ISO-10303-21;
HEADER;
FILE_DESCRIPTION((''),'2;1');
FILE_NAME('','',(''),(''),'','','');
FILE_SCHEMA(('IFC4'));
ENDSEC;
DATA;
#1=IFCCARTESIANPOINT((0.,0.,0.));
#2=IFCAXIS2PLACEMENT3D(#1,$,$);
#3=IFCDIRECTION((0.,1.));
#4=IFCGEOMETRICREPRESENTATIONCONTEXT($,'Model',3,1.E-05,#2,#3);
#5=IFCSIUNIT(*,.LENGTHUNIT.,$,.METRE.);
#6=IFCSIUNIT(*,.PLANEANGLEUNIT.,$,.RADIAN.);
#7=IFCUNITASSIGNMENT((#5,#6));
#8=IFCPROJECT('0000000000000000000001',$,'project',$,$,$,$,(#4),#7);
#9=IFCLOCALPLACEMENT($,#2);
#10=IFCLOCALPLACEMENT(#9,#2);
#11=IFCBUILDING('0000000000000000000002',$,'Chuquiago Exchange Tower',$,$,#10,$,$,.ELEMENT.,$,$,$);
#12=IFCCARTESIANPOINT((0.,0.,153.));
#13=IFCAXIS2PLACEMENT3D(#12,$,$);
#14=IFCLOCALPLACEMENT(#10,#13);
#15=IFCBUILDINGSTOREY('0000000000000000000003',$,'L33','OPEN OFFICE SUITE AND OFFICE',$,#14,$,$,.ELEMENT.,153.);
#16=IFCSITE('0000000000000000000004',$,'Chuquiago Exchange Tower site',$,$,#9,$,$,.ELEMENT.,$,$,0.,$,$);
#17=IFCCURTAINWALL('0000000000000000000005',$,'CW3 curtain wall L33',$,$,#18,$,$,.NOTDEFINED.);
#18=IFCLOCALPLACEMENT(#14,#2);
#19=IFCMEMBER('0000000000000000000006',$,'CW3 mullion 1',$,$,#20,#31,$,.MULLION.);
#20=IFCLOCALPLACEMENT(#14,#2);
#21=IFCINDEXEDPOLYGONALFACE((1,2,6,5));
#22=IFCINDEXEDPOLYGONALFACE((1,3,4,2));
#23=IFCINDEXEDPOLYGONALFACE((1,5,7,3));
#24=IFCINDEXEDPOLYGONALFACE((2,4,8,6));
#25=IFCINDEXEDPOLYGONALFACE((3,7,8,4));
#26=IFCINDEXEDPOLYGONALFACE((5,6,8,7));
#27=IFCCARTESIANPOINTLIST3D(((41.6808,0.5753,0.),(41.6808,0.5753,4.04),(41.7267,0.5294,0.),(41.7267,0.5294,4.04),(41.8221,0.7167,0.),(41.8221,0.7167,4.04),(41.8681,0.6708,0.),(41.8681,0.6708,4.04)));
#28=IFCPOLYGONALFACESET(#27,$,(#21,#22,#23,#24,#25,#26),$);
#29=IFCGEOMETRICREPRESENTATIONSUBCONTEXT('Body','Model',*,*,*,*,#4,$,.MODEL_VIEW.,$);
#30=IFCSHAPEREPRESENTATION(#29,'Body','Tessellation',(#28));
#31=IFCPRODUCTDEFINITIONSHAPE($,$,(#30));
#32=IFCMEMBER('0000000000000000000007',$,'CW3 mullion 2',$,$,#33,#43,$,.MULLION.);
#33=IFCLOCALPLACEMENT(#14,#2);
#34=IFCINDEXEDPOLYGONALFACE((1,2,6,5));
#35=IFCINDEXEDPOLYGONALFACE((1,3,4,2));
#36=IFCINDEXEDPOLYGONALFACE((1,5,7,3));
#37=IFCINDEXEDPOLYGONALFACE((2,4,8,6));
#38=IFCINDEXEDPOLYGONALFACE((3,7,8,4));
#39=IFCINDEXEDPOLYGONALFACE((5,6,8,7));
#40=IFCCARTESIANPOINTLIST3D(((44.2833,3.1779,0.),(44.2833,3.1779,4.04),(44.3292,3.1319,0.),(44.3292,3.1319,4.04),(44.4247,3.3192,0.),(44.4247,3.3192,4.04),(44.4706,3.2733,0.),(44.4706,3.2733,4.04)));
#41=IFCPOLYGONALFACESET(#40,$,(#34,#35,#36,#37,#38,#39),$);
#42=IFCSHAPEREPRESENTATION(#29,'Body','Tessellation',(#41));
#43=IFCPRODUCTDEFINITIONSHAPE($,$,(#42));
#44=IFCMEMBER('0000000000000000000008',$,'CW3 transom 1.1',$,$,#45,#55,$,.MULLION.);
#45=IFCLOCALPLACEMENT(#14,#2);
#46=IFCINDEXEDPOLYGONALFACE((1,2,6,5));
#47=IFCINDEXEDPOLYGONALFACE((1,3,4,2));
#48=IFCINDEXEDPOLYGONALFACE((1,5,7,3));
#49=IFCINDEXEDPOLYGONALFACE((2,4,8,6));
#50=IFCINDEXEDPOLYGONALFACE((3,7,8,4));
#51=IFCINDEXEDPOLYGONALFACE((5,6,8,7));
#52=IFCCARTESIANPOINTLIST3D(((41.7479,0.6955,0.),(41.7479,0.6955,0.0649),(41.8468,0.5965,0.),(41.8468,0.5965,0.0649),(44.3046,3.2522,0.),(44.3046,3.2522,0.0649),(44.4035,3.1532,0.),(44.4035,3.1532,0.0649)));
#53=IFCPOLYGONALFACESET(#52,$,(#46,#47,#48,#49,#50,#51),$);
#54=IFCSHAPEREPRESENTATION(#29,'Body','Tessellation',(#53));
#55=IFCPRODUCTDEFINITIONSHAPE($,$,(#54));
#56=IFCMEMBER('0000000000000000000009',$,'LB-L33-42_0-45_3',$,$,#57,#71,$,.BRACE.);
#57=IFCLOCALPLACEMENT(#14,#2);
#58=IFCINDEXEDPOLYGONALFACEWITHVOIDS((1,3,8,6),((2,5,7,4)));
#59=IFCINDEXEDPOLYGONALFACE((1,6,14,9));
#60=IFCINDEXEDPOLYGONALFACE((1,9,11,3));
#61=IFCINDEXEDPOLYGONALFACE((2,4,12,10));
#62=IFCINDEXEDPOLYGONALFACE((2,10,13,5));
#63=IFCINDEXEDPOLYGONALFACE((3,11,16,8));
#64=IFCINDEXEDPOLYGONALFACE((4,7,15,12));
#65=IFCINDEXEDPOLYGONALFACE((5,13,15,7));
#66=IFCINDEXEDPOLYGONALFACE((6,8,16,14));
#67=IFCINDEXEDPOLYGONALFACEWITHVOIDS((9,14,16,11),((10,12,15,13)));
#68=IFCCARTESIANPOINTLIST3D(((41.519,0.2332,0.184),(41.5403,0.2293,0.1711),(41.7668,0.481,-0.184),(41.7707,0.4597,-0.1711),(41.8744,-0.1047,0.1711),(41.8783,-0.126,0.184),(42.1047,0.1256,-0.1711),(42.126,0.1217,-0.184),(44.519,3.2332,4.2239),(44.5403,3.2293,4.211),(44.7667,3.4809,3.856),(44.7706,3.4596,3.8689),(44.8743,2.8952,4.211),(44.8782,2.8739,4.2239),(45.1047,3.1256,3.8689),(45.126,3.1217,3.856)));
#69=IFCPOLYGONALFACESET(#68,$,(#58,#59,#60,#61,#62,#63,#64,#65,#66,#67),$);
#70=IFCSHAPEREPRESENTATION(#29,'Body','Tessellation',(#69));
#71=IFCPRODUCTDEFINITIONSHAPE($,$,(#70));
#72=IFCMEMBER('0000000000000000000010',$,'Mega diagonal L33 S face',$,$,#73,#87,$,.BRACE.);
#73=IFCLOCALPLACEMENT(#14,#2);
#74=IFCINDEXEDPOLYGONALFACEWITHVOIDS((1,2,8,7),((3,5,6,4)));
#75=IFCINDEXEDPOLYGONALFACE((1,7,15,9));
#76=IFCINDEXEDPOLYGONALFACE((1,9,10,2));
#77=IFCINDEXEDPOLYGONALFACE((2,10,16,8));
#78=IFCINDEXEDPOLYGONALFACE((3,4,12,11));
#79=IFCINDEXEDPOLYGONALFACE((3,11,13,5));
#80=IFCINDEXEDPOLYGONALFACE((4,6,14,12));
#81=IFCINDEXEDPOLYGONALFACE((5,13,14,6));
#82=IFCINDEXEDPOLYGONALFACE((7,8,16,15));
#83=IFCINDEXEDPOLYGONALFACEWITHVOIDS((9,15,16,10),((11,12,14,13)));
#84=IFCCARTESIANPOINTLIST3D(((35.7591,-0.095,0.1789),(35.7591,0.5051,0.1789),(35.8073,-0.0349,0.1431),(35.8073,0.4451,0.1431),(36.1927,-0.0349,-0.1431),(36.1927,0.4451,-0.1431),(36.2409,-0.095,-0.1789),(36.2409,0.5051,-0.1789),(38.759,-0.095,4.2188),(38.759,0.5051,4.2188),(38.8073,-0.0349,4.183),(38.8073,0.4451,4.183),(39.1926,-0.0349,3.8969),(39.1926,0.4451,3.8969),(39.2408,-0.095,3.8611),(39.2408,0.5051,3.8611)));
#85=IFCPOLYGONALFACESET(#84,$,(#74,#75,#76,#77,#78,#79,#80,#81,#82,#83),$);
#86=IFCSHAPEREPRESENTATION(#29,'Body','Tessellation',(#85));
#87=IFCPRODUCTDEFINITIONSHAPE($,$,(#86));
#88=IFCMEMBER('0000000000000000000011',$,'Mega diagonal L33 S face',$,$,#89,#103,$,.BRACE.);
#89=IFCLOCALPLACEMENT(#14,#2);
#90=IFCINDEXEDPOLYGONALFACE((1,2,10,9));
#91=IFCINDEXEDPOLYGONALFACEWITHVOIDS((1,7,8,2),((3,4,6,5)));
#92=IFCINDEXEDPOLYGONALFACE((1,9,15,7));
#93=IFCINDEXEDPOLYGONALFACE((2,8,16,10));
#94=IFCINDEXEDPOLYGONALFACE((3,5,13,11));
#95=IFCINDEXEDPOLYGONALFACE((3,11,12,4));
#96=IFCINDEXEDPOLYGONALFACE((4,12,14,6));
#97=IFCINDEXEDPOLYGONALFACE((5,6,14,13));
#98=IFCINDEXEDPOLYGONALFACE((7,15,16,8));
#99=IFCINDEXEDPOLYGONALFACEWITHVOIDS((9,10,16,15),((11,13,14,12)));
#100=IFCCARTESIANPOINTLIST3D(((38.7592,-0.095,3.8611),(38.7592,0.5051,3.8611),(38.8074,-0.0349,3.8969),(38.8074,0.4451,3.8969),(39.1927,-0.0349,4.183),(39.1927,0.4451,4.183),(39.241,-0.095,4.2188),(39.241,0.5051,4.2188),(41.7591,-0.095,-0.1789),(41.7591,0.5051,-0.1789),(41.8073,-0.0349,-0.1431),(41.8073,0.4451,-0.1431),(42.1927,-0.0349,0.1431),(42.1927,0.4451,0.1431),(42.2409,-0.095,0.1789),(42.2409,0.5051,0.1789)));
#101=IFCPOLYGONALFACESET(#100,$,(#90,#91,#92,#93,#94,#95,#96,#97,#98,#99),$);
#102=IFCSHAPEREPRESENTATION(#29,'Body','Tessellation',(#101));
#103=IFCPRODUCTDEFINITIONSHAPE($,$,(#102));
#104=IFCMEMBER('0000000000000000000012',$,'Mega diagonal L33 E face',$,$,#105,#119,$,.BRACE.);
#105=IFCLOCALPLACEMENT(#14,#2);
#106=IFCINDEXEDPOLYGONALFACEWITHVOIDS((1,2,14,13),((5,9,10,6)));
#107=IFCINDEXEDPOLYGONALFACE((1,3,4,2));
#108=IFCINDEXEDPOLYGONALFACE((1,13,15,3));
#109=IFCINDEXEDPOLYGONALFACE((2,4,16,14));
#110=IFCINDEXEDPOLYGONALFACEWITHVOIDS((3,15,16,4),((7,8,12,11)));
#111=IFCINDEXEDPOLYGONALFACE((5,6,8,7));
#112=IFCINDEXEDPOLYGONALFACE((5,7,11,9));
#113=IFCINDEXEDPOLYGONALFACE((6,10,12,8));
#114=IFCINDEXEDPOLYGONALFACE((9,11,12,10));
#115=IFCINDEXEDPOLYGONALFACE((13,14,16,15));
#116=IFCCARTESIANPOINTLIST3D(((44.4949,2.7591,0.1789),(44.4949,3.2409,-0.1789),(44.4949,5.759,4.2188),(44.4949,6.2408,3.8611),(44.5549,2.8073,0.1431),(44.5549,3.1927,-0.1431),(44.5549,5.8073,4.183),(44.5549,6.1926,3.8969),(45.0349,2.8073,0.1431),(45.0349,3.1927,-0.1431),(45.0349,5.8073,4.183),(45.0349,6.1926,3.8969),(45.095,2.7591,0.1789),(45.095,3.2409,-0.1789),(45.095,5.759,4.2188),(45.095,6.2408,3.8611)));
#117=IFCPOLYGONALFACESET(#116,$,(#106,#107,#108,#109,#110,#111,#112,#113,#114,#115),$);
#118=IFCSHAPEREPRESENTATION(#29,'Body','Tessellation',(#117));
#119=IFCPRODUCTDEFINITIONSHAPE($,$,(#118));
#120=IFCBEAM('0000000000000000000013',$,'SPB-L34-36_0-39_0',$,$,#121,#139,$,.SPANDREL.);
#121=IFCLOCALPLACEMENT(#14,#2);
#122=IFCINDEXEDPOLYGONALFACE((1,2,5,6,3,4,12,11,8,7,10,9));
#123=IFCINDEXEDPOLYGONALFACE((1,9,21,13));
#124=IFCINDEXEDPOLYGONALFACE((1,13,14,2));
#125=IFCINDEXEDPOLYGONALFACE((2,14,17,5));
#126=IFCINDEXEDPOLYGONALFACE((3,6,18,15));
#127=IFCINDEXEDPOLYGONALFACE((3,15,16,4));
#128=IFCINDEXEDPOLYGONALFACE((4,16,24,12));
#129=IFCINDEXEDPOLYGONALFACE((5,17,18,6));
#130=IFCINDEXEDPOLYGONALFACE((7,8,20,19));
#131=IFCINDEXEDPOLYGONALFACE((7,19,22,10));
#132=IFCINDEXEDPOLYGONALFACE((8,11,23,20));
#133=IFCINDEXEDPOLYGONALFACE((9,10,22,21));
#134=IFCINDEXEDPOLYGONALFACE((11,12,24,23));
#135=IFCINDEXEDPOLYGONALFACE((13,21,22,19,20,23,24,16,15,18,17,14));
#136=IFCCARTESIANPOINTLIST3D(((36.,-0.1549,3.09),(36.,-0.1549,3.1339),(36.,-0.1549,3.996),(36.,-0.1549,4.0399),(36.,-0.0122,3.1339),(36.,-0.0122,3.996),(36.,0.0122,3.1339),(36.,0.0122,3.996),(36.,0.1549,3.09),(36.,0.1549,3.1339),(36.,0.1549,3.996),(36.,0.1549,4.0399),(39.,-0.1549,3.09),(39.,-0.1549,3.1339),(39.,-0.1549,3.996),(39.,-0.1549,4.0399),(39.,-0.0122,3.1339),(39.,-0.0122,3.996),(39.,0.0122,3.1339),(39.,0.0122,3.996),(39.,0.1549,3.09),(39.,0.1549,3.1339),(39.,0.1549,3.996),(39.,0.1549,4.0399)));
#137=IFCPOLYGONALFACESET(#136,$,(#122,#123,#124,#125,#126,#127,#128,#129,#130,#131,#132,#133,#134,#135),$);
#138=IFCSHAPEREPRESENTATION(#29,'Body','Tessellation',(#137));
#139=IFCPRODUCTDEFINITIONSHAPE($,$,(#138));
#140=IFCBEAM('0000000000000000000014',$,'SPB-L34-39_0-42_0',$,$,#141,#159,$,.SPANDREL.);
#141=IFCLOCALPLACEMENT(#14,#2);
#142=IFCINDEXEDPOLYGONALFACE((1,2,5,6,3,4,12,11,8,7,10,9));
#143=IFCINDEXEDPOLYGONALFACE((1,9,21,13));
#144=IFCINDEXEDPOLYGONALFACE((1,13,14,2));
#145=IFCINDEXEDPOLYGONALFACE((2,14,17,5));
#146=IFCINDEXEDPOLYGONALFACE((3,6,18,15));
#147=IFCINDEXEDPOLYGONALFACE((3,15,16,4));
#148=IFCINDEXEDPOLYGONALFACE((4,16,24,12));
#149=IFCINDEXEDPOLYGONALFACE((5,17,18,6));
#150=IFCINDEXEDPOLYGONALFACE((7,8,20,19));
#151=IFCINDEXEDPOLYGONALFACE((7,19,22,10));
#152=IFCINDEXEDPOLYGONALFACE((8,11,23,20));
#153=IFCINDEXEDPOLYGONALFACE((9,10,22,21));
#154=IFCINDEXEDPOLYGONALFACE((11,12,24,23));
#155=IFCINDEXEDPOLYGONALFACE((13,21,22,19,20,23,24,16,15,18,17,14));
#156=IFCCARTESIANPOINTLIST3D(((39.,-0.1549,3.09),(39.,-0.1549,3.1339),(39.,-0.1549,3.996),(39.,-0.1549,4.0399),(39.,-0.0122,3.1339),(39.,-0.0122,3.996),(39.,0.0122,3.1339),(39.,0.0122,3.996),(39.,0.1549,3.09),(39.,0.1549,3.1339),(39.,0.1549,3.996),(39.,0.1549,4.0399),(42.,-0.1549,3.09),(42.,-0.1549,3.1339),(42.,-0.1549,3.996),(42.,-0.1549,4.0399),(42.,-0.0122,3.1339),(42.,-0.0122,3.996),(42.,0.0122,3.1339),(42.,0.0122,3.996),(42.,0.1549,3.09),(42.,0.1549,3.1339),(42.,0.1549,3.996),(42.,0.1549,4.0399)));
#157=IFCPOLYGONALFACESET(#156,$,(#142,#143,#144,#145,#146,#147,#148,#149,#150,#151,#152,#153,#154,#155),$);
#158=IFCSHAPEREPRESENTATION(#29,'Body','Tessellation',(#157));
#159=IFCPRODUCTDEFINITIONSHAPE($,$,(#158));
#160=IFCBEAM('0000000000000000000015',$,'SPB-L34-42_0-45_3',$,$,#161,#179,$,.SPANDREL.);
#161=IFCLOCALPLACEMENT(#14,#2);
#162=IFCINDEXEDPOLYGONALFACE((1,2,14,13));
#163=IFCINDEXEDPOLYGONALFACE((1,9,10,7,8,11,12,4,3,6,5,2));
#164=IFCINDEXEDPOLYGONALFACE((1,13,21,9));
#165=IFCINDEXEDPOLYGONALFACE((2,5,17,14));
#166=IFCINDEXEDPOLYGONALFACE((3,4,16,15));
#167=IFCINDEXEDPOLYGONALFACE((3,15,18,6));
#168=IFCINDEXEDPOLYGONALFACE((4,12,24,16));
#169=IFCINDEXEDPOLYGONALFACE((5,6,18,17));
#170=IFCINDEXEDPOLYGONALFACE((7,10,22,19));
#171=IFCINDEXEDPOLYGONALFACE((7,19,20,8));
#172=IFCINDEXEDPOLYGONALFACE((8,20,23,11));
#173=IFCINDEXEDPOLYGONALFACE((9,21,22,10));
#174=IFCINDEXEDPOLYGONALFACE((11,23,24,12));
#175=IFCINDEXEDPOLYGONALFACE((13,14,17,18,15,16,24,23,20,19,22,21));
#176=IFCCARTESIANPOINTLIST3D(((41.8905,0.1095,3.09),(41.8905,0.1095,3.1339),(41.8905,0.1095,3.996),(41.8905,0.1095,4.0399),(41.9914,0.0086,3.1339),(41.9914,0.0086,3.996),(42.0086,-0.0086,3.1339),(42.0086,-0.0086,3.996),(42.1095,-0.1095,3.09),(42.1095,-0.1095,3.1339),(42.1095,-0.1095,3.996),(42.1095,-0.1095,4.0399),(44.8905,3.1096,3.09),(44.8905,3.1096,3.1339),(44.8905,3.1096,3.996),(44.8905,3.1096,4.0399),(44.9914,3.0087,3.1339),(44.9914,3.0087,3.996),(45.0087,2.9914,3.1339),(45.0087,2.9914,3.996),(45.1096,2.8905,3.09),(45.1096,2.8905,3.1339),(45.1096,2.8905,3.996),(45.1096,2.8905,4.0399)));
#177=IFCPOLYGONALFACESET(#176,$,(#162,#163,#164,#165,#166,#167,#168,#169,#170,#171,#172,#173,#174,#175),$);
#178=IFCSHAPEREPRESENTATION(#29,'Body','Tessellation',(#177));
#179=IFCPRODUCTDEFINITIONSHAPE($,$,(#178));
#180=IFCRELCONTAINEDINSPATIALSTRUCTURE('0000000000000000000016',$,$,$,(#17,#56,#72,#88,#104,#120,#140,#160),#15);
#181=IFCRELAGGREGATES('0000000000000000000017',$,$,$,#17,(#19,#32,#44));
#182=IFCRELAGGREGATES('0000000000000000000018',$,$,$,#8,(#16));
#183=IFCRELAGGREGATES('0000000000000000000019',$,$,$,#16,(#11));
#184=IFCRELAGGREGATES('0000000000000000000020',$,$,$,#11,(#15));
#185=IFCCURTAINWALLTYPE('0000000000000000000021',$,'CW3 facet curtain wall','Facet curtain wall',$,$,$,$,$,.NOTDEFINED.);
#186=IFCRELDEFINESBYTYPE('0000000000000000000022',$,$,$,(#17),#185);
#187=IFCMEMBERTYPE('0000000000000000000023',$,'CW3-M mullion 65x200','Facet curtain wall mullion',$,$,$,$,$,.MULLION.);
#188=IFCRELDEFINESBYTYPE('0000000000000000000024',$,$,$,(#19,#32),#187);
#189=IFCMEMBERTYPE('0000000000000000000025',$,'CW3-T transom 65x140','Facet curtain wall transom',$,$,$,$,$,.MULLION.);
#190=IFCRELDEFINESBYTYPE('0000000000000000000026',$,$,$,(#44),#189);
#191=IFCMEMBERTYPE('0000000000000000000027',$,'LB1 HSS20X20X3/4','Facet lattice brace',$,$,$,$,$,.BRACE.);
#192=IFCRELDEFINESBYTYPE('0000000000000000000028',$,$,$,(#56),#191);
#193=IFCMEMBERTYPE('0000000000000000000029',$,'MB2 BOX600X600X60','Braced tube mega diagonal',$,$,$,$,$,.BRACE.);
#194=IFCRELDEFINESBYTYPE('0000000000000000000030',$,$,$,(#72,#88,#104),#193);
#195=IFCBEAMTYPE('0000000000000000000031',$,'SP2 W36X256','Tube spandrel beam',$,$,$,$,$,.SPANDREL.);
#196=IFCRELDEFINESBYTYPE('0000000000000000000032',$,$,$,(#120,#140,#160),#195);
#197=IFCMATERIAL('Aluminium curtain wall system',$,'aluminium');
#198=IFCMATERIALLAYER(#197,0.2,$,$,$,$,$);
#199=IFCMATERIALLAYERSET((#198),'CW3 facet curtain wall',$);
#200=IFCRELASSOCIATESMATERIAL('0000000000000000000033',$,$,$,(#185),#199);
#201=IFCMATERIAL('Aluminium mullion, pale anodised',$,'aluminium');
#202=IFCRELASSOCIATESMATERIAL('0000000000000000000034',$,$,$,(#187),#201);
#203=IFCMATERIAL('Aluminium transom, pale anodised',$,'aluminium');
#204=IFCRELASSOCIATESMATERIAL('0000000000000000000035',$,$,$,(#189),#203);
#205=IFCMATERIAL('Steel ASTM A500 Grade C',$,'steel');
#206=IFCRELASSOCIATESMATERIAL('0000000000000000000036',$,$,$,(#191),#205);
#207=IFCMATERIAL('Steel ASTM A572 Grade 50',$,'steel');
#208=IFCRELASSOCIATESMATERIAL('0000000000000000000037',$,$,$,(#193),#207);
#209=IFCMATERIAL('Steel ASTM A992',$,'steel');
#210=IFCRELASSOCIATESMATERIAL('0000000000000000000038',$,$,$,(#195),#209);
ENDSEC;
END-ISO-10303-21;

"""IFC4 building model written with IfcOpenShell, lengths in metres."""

from ifc_helpers import new_model, si_unit, direction, frame, origin, origin_2d, place, context, subcontext, project, spatial, rectangle, hollow_rectangle, i_section, extrude, material, layer, layer_set, material_profile, profile_set, type_object, element, aggregate, save


model = new_model("IFC4")

# Units and contexts
model_context = context("Model", 3, precision=1e-05, world=origin(), true_north=direction((0.0, 1.0)))
body_context = subcontext(model_context, "Body", "Model", "MODEL_VIEW")
ifc_project = project(units=[si_unit("LENGTHUNIT", "METRE"), si_unit("PLANEANGLEUNIT", "RADIAN")], contexts=[model_context])

# Site, building, storey
site_placement = place(None, origin())
site = spatial("IfcSite", under=ifc_project, at=site_placement, Name="Chuquiago Exchange Tower site", CompositionType="ELEMENT", RefElevation=0.0)
building_placement = place(site_placement, origin())
building = spatial("IfcBuilding", under=site, at=building_placement, Name="Chuquiago Exchange Tower", CompositionType="ELEMENT")
storey_placement = place(building_placement, frame((0.0, 0.0, 153.0)))
storey = spatial("IfcBuildingStorey", under=building, at=storey_placement, Name="L33", Description="OPEN OFFICE SUITE AND OFFICE", CompositionType="ELEMENT", Elevation=153.0)

# Curtain wall, members
ifc_material_1 = material(Name="Aluminium curtain wall system", Category="aluminium")
ifc_layer_1 = layer(ifc_material_1, 0.2)
ifc_layer_set_1 = layer_set([ifc_layer_1], Name="CW3 facet curtain wall")
curtain_wall_type_1 = type_object("IfcCurtainWallType", Name="CW3 facet curtain wall", Description="Facet curtain wall", PredefinedType="NOTDEFINED", material=ifc_layer_set_1)
curtain_wall_1_placement = place(storey_placement, origin())
curtain_wall_1 = element("IfcCurtainWall", 1, at=curtain_wall_1_placement, inside=storey, type_object=curtain_wall_type_1, Name="CW3 curtain wall L33", PredefinedType="NOTDEFINED")
ifc_material_2 = material(Name="Aluminium mullion, pale anodised", Category="aluminium")
ifc_material_profile_1 = material_profile(ifc_material_2, rectangle(XDim=0.0649, YDim=0.2, at=origin_2d()), Name="AL 65x200")
ifc_profile_set_1 = profile_set([ifc_material_profile_1], Name="Aluminium mullion, pale anodised")
member_type_1 = type_object("IfcMemberType", Name="CW3-M mullion 65x200", Description="Facet curtain wall mullion", PredefinedType="MULLION", material=ifc_profile_set_1)
member_1_placement = place(storey_placement, frame((41.7744, 0.623, 0.0), z_axis=(0.0, 0.0, 1.0), x_axis=(-0.707107, 0.707107, 0.0)))
member_1 = element("IfcMember", 2, at=member_1_placement, type_object=member_type_1, Name="CW3 mullion 1", PredefinedType="MULLION", context=body_context, shape_type="SweptSolid", body=[
    extrude(rectangle(XDim=0.0649, YDim=0.2, at=origin_2d()), origin(), (0.0, 0.0, 1.0), 4.04),
])
member_2_placement = place(storey_placement, frame((44.377, 3.2256, 0.0), z_axis=(0.0, 0.0, 1.0), x_axis=(-0.707107, 0.707107, 0.0)))
member_2 = element("IfcMember", 3, at=member_2_placement, type_object=member_type_1, Name="CW3 mullion 2", PredefinedType="MULLION", context=body_context, shape_type="SweptSolid", body=[
    extrude(rectangle(XDim=0.0649, YDim=0.2, at=origin_2d()), origin(), (0.0, 0.0, 1.0), 4.04),
])
ifc_material_3 = material(Name="Aluminium transom, pale anodised", Category="aluminium")
ifc_material_profile_2 = material_profile(ifc_material_3, rectangle(XDim=0.1399, YDim=0.0649, at=origin_2d()), Name="AL 140x65")
ifc_profile_set_2 = profile_set([ifc_material_profile_2], Name="Aluminium transom, pale anodised")
member_type_2 = type_object("IfcMemberType", Name="CW3-T transom 65x140", Description="Facet curtain wall transom", PredefinedType="MULLION", material=ifc_profile_set_2)
member_3_placement = place(storey_placement, frame((41.7974, 0.646, 0.0325), z_axis=(0.707107, 0.707107, 0.0), x_axis=(-0.707107, 0.707107, 0.0)))
member_3 = element("IfcMember", 4, at=member_3_placement, type_object=member_type_2, Name="CW3 transom 1.1", PredefinedType="MULLION", context=body_context, shape_type="SweptSolid", body=[
    extrude(rectangle(XDim=0.1399, YDim=0.0649, at=origin_2d()), origin(), (0.0, 0.0, 1.0), 3.6157),
])

# Members
ifc_material_4 = material(Name="Steel ASTM A500 Grade C", Category="steel")
ifc_material_profile_3 = material_profile(ifc_material_4, hollow_rectangle(XDim=0.5081, YDim=0.5081, WallThickness=0.0178, at=origin_2d()), Name="HSS20X20X3/4")
ifc_profile_set_3 = profile_set([ifc_material_profile_3], Name="Steel ASTM A500 Grade C")
member_type_3 = type_object("IfcMemberType", Name="LB1 HSS20X20X3/4", Description="Facet lattice brace", PredefinedType="BRACE", material=ifc_profile_set_3)
member_4_placement = place(storey_placement, frame((41.8225, 0.1775, 0.0), z_axis=(0.512077, 0.512077, 0.689604), x_axis=(-0.707107, 0.707107, 0.0)))
element("IfcMember", 5, at=member_4_placement, inside=storey, type_object=member_type_3, Name="LB-L33-42_0-45_3", PredefinedType="BRACE", context=body_context, shape_type="SweptSolid", body=[
    extrude(hollow_rectangle(XDim=0.5081, YDim=0.5081, WallThickness=0.0178, at=origin_2d()), origin(), (0.0, 0.0, 1.0), 5.8584),
])
ifc_material_5 = material(Name="Steel ASTM A572 Grade 50", Category="steel")
ifc_material_profile_4 = material_profile(ifc_material_5, hollow_rectangle(XDim=0.6001, YDim=0.6001, WallThickness=0.0601, at=origin_2d()), Name="BOX600X600X60")
ifc_profile_set_4 = profile_set([ifc_material_profile_4], Name="Steel ASTM A572 Grade 50")
member_type_4 = type_object("IfcMemberType", Name="MB2 BOX600X600X60", Description="Braced tube mega diagonal", PredefinedType="BRACE", material=ifc_profile_set_4)
for number, where, z_axis, x_axis, name in (
    (6, (36.0, 0.2051, 0.0), (0.596174, 0.0, 0.802855), (0.0, 1.0, 0.0), "Mega diagonal L33 S face"),
    (7, (42.0, 0.2051, 0.0), (-0.596174, 0.0, 0.802855), (0.0, -1.0, 0.0), "Mega diagonal L33 S face"),
    (8, (44.7949, 3.0, 0.0), (0.0, 0.596174, 0.802855), (-1.0, 0.0, 0.0), "Mega diagonal L33 E face"),
):
    element("IfcMember", number, at=place(storey_placement, frame(where, z_axis=z_axis, x_axis=x_axis)), inside=storey, type_object=member_type_4, Name=name, PredefinedType="BRACE", context=body_context, shape_type="SweptSolid", body=[
        extrude(hollow_rectangle(XDim=0.6001, YDim=0.6001, WallThickness=0.0601, at=origin_2d()), origin(), (0.0, 0.0, 1.0), 5.032),
    ])

# Beams
ifc_material_6 = material(Name="Steel ASTM A992", Category="steel")
ifc_material_profile_5 = material_profile(ifc_material_6, i_section(OverallWidth=0.3098, OverallDepth=0.95, WebThickness=0.0244, FlangeThickness=0.0439, at=origin_2d()), Name="W36X256")
ifc_profile_set_5 = profile_set([ifc_material_profile_5], Name="Steel ASTM A992")
beam_type = type_object("IfcBeamType", Name="SP2 W36X256", Description="Tube spandrel beam", PredefinedType="SPANDREL", material=ifc_profile_set_5)
for number, where, z_axis, x_axis, name in (
    (9, (36.0, 0.0, 3.5649), (1.0, 0.0, 0.0), (0.0, 1.0, 0.0), "SPB-L34-36_0-39_0"),
    (10, (39.0, 0.0, 3.5649), (1.0, 0.0, 0.0), (0.0, 1.0, 0.0), "SPB-L34-39_0-42_0"),
):
    element("IfcBeam", number, at=place(storey_placement, frame(where, z_axis=z_axis, x_axis=x_axis)), inside=storey, type_object=beam_type, Name=name, PredefinedType="SPANDREL", context=body_context, shape_type="SweptSolid", body=[
        extrude(i_section(OverallWidth=0.3098, OverallDepth=0.95, WebThickness=0.0244, FlangeThickness=0.0439, at=origin_2d()), origin(), (0.0, 0.0, 1.0), 3.0),
    ])
beam_1_placement = place(storey_placement, frame((42.0, 0.0, 3.5649), z_axis=(0.707107, 0.707107, 0.0), x_axis=(-0.707107, 0.707107, 0.0)))
element("IfcBeam", 11, at=beam_1_placement, inside=storey, type_object=beam_type, Name="SPB-L34-42_0-45_3", PredefinedType="SPANDREL", context=body_context, shape_type="SweptSolid", body=[
    extrude(i_section(OverallWidth=0.3098, OverallDepth=0.95, WebThickness=0.0244, FlangeThickness=0.0439, at=origin_2d()), origin(), (0.0, 0.0, 1.0), 4.2427),
])

aggregate(curtain_wall_1, [member_1, member_2, member_3])

save(model, "model.ifc")
